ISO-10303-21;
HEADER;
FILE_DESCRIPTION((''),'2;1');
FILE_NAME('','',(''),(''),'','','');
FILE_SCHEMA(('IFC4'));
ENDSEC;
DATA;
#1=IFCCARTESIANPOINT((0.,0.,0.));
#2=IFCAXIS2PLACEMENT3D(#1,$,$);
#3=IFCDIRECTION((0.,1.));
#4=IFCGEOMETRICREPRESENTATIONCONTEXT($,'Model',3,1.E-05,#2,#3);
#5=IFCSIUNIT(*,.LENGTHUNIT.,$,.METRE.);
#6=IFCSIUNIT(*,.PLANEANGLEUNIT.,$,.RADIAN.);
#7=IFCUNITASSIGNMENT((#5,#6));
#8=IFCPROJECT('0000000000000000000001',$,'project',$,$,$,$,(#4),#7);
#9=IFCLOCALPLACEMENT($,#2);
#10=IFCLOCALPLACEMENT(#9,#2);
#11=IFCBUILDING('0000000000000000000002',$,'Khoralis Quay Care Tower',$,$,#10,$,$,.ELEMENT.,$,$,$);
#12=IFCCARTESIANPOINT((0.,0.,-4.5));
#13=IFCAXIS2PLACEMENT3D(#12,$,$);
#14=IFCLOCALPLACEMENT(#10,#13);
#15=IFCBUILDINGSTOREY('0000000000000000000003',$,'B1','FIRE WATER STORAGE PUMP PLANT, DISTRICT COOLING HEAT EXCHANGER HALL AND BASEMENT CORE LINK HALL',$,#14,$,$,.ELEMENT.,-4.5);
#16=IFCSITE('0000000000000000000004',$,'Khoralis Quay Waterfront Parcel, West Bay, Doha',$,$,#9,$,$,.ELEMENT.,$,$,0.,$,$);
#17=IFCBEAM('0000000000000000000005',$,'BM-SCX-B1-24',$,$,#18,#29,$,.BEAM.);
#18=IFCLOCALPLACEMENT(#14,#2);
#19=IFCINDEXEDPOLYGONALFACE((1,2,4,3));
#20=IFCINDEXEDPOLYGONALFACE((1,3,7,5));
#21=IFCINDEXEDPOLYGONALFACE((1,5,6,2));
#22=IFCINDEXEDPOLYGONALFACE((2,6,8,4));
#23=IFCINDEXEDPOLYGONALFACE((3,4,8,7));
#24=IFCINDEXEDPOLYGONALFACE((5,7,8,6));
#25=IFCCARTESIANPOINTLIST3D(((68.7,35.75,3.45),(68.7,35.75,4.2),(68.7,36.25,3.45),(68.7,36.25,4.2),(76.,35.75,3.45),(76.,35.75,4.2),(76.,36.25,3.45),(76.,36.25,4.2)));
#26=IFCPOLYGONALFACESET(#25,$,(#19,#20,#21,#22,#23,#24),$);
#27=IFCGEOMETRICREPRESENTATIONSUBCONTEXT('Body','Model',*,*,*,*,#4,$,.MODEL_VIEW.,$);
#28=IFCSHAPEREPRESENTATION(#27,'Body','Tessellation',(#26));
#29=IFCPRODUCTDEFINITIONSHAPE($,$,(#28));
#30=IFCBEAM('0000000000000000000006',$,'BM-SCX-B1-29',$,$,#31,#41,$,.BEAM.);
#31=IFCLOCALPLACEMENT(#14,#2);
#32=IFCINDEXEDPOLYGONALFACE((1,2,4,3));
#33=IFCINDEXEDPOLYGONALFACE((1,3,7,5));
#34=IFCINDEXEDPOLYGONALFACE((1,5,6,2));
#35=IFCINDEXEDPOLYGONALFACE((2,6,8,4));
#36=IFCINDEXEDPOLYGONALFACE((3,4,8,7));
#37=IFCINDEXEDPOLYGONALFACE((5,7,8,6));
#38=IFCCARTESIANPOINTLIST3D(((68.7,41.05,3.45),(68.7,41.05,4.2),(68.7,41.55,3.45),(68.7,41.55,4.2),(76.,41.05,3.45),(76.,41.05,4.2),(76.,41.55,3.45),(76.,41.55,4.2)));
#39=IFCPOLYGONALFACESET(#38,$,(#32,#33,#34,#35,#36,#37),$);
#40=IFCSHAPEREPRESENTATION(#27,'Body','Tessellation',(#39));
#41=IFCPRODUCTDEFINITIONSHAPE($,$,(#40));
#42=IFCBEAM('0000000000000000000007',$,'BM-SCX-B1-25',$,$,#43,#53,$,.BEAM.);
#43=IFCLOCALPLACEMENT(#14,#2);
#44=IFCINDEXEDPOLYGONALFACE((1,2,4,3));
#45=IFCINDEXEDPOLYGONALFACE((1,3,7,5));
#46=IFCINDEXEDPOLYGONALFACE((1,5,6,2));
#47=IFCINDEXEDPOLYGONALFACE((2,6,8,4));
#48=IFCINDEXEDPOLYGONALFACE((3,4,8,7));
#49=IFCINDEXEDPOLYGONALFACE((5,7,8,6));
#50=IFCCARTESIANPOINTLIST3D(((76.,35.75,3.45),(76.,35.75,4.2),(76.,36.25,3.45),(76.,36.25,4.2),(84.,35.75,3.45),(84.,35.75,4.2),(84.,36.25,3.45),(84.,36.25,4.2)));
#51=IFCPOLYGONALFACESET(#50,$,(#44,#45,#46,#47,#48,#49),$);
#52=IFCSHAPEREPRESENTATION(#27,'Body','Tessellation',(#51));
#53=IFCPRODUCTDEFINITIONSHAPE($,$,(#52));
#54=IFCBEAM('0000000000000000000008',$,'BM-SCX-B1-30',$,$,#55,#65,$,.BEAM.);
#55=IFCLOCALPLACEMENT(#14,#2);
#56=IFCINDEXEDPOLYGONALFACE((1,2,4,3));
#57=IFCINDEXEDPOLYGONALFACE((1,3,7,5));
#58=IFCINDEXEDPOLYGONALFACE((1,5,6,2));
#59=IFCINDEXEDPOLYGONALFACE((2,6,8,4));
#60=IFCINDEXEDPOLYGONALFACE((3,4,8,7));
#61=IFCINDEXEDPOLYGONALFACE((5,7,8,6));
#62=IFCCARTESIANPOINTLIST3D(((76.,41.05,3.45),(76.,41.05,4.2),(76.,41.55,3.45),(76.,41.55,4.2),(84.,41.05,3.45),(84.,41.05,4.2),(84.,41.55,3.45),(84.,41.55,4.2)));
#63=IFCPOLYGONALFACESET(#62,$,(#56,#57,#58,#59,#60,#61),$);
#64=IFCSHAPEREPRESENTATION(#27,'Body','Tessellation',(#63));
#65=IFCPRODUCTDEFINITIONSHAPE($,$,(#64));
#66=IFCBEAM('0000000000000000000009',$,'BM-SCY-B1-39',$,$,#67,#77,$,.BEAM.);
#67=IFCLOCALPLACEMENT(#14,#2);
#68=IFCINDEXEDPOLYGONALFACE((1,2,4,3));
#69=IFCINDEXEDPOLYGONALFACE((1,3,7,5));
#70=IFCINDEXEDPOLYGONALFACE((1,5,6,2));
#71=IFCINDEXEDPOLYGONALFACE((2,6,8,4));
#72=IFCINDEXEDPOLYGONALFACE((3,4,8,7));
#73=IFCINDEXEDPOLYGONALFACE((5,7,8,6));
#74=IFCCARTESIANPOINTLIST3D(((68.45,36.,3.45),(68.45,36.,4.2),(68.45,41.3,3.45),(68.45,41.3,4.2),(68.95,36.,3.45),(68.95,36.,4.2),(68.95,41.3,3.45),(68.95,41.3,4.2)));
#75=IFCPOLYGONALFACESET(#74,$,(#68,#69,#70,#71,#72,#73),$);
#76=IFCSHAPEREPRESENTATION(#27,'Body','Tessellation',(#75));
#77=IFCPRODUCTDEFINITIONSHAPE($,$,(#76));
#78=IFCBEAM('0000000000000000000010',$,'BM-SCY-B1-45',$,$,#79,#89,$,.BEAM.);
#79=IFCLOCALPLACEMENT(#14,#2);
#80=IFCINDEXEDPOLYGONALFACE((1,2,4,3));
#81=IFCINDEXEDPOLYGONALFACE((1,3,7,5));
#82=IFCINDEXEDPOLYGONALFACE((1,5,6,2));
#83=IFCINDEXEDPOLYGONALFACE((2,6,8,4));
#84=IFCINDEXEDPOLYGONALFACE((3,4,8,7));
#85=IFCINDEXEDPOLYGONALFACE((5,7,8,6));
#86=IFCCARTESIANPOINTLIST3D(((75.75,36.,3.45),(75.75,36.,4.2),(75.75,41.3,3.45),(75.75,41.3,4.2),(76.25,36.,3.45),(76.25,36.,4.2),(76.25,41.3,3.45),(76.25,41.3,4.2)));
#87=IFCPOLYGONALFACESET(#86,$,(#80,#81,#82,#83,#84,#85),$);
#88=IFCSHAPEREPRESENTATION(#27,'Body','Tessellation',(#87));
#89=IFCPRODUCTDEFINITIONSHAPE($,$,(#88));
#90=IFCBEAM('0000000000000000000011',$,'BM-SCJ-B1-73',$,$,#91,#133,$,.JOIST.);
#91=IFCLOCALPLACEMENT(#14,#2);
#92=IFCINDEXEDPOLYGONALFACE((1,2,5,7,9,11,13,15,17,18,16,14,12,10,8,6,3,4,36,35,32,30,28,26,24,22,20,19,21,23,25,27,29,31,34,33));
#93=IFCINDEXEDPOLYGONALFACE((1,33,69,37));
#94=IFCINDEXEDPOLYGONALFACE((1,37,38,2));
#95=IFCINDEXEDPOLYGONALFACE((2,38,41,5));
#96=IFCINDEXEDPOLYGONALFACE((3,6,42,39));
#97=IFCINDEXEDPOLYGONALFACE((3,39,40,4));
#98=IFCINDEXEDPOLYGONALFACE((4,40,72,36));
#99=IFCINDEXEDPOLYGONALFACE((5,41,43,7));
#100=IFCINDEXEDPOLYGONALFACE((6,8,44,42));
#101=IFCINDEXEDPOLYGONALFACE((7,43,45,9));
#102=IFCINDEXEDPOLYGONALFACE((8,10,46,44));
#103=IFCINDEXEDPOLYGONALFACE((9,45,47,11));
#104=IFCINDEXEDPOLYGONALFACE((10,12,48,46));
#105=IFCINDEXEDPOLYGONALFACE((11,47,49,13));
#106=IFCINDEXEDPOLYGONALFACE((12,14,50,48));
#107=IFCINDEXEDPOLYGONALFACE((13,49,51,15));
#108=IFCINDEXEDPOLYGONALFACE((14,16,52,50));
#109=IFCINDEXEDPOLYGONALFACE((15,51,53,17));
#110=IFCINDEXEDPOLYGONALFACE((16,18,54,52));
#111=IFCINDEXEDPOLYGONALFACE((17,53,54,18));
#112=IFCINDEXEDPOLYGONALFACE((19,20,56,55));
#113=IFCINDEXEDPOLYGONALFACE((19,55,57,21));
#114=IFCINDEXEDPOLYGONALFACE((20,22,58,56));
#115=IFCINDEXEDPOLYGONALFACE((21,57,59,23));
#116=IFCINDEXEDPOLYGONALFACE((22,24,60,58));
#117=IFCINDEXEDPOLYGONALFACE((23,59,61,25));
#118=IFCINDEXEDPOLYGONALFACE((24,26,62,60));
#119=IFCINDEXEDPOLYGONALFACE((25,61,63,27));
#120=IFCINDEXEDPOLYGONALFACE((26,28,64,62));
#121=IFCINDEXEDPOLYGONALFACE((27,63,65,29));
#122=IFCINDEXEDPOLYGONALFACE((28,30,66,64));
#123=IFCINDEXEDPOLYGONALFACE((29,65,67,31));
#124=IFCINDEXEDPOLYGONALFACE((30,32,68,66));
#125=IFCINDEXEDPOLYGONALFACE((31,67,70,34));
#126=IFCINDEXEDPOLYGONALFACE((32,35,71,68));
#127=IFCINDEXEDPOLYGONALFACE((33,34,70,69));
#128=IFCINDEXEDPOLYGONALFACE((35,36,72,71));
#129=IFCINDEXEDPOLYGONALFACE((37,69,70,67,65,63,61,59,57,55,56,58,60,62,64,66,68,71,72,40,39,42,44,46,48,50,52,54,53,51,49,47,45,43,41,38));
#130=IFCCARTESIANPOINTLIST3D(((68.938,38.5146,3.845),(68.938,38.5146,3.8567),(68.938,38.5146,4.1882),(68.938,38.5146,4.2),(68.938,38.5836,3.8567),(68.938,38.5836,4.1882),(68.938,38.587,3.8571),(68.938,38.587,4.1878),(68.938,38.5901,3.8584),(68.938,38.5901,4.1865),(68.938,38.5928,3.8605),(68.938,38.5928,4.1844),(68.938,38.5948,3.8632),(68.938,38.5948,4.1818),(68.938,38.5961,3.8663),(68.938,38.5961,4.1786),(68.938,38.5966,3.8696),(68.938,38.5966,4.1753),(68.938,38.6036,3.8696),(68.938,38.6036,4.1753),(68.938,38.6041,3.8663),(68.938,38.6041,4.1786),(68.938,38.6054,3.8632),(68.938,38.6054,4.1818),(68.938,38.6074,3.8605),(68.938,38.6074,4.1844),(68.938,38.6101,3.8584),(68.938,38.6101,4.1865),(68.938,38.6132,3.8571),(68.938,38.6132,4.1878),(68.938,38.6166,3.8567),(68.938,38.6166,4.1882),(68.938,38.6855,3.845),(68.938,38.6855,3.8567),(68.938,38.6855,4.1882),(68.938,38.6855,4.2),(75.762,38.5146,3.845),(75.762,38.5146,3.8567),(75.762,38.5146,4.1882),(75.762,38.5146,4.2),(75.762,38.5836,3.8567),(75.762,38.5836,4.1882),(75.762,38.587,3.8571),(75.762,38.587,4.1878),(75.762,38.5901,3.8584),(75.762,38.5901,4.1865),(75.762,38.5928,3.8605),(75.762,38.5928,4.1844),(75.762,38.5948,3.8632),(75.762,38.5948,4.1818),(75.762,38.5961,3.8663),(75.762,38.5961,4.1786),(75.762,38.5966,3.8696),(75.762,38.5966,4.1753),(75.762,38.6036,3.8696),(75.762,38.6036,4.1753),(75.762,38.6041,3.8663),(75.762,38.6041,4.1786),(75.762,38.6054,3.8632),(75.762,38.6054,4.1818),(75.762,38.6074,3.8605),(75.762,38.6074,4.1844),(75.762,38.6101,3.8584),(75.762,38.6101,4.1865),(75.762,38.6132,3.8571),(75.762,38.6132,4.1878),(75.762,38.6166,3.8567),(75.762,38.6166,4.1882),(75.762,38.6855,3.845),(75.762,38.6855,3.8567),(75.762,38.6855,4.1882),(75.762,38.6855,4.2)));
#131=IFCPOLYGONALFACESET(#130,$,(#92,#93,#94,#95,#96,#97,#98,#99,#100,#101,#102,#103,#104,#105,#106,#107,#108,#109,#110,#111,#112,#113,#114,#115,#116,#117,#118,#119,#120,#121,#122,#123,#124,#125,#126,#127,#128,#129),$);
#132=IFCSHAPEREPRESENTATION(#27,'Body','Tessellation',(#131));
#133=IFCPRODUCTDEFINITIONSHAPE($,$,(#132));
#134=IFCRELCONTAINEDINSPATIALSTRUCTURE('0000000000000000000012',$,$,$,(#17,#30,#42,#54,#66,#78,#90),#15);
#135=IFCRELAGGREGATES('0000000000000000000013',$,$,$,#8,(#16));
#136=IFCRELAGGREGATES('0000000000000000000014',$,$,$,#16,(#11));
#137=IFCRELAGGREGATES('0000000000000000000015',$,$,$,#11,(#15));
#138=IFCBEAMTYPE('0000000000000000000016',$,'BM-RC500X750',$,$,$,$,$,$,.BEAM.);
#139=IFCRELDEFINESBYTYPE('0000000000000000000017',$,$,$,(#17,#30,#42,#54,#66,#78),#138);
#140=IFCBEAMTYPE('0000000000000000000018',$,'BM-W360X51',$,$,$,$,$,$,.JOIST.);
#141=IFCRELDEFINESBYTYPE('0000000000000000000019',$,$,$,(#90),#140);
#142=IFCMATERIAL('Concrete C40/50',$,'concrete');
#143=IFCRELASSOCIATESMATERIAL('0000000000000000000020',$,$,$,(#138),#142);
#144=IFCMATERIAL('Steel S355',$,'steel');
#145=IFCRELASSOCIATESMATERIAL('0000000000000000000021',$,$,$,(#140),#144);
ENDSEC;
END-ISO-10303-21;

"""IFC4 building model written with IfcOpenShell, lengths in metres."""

from ifc_helpers import new_model, si_unit, direction, frame, origin, origin_2d, place, context, subcontext, project, spatial, rectangle, i_section, extrude, source, transform, mapped, material, material_profile, profile_set, type_object, element, save


model = new_model("IFC4")

# Units and contexts
model_context = context("Model", 3, precision=1e-05, world=origin(), true_north=direction((0.0, 1.0)))
body_context = subcontext(model_context, "Body", "Model", "MODEL_VIEW")
ifc_project = project(units=[si_unit("LENGTHUNIT", "METRE"), si_unit("PLANEANGLEUNIT", "RADIAN")], contexts=[model_context])

# Site, building, storey
site_placement = place(None, origin())
site = spatial("IfcSite", under=ifc_project, at=site_placement, Name="Khoralis Quay Waterfront Parcel, West Bay, Doha", CompositionType="ELEMENT", RefElevation=0.0)
building_placement = place(site_placement, origin())
building = spatial("IfcBuilding", under=site, at=building_placement, Name="Khoralis Quay Care Tower", CompositionType="ELEMENT")
storey_placement = place(building_placement, frame((0.0, 0.0, -4.5)))
storey = spatial("IfcBuildingStorey", under=building, at=storey_placement, Name="B1", Description="FIRE WATER STORAGE PUMP PLANT, DISTRICT COOLING HEAT EXCHANGER HALL AND BASEMENT CORE LINK HALL", CompositionType="ELEMENT", Elevation=-4.5)

# Shared definitions
ifc_material_1 = material(Name="Concrete C40/50", Category="concrete")

# Beams
ifc_material_profile_1 = material_profile(ifc_material_1, rectangle(XDim=0.5, YDim=0.75, at=origin_2d()), Name="Concrete C40/50")
ifc_profile_set_1 = profile_set([ifc_material_profile_1], Name="Concrete C40/50")
beam_type_1 = type_object("IfcBeamType", Name="BM-RC500X750", PredefinedType="BEAM", material=ifc_profile_set_1)
shared_shape_1 = source(origin(), body_context, "Body", "SweptSolid", [
    extrude(rectangle(XDim=0.5, YDim=0.75, at=origin_2d()), origin(), (0.0, 0.0, 1.0), 7.3),
])
for number, where, z_axis, x_axis, name in (
    (1, (68.7, 36.0, 3.825), (1.0, 0.0, 0.0), (0.0, 1.0, 0.0), "BM-SCX-B1-24"),
    (2, (68.7, 41.3, 3.825), (1.0, 0.0, 0.0), (0.0, 1.0, 0.0), "BM-SCX-B1-29"),
):
    element("IfcBeam", number, at=place(storey_placement, frame(where, z_axis=z_axis, x_axis=x_axis)), inside=storey, type_object=beam_type_1, Name=name, PredefinedType="BEAM", context=body_context, shape_type="MappedRepresentation", body=[
        mapped(shared_shape_1, transform((0.0, 0.0, 0.0), scale=1.0)),
    ])
shared_shape_2 = source(origin(), body_context, "Body", "SweptSolid", [
    extrude(rectangle(XDim=0.5, YDim=0.75, at=origin_2d()), origin(), (0.0, 0.0, 1.0), 8.0),
])
for number, where, z_axis, x_axis, name in (
    (3, (76.0, 36.0, 3.825), (1.0, 0.0, 0.0), (0.0, 1.0, 0.0), "BM-SCX-B1-25"),
    (4, (76.0, 41.3, 3.825), (1.0, 0.0, 0.0), (0.0, 1.0, 0.0), "BM-SCX-B1-30"),
):
    element("IfcBeam", number, at=place(storey_placement, frame(where, z_axis=z_axis, x_axis=x_axis)), inside=storey, type_object=beam_type_1, Name=name, PredefinedType="BEAM", context=body_context, shape_type="MappedRepresentation", body=[
        mapped(shared_shape_2, transform((0.0, 0.0, 0.0), scale=1.0)),
    ])
shared_shape_3 = source(origin(), body_context, "Body", "SweptSolid", [
    extrude(rectangle(XDim=0.5, YDim=0.75, at=origin_2d()), origin(), (0.0, 0.0, 1.0), 5.3),
])
for number, where, z_axis, x_axis, name in (
    (5, (68.7, 36.0, 3.825), (0.0, 1.0, 0.0), (-1.0, 0.0, 0.0), "BM-SCY-B1-39"),
    (6, (76.0, 36.0, 3.825), (0.0, 1.0, 0.0), (-1.0, 0.0, 0.0), "BM-SCY-B1-45"),
):
    element("IfcBeam", number, at=place(storey_placement, frame(where, z_axis=z_axis, x_axis=x_axis)), inside=storey, type_object=beam_type_1, Name=name, PredefinedType="BEAM", context=body_context, shape_type="MappedRepresentation", body=[
        mapped(shared_shape_3, transform((0.0, 0.0, 0.0), scale=1.0)),
    ])
ifc_material_2 = material(Name="Steel S355", Category="steel")
ifc_material_profile_2 = material_profile(ifc_material_2, i_section(OverallWidth=0.1709, OverallDepth=0.355, WebThickness=0.0071, FlangeThickness=0.0117, FilletRadius=0.0129, at=origin_2d()), Name="Steel S355")
ifc_profile_set_2 = profile_set([ifc_material_profile_2], Name="Steel S355")
beam_type_2 = type_object("IfcBeamType", Name="BM-W360X51", PredefinedType="JOIST", material=ifc_profile_set_2)
shared_shape_4 = source(origin(), body_context, "Body", "SweptSolid", [
    extrude(i_section(OverallWidth=0.1709, OverallDepth=0.355, WebThickness=0.0071, FlangeThickness=0.0117, FilletRadius=0.0129, at=origin_2d()), origin(), (0.0, 0.0, 1.0), 6.824),
])
beam_placement = place(storey_placement, frame((68.938, 38.6001, 4.0225), z_axis=(1.0, 0.0, 0.0), x_axis=(0.0, 1.0, 0.0)))
element("IfcBeam", 7, at=beam_placement, inside=storey, type_object=beam_type_2, Name="BM-SCJ-B1-73", PredefinedType="JOIST", context=body_context, shape_type="MappedRepresentation", body=[
    mapped(shared_shape_4, transform((0.0, 0.0, 0.0), scale=1.0)),
])

save(model, "model.ifc")
